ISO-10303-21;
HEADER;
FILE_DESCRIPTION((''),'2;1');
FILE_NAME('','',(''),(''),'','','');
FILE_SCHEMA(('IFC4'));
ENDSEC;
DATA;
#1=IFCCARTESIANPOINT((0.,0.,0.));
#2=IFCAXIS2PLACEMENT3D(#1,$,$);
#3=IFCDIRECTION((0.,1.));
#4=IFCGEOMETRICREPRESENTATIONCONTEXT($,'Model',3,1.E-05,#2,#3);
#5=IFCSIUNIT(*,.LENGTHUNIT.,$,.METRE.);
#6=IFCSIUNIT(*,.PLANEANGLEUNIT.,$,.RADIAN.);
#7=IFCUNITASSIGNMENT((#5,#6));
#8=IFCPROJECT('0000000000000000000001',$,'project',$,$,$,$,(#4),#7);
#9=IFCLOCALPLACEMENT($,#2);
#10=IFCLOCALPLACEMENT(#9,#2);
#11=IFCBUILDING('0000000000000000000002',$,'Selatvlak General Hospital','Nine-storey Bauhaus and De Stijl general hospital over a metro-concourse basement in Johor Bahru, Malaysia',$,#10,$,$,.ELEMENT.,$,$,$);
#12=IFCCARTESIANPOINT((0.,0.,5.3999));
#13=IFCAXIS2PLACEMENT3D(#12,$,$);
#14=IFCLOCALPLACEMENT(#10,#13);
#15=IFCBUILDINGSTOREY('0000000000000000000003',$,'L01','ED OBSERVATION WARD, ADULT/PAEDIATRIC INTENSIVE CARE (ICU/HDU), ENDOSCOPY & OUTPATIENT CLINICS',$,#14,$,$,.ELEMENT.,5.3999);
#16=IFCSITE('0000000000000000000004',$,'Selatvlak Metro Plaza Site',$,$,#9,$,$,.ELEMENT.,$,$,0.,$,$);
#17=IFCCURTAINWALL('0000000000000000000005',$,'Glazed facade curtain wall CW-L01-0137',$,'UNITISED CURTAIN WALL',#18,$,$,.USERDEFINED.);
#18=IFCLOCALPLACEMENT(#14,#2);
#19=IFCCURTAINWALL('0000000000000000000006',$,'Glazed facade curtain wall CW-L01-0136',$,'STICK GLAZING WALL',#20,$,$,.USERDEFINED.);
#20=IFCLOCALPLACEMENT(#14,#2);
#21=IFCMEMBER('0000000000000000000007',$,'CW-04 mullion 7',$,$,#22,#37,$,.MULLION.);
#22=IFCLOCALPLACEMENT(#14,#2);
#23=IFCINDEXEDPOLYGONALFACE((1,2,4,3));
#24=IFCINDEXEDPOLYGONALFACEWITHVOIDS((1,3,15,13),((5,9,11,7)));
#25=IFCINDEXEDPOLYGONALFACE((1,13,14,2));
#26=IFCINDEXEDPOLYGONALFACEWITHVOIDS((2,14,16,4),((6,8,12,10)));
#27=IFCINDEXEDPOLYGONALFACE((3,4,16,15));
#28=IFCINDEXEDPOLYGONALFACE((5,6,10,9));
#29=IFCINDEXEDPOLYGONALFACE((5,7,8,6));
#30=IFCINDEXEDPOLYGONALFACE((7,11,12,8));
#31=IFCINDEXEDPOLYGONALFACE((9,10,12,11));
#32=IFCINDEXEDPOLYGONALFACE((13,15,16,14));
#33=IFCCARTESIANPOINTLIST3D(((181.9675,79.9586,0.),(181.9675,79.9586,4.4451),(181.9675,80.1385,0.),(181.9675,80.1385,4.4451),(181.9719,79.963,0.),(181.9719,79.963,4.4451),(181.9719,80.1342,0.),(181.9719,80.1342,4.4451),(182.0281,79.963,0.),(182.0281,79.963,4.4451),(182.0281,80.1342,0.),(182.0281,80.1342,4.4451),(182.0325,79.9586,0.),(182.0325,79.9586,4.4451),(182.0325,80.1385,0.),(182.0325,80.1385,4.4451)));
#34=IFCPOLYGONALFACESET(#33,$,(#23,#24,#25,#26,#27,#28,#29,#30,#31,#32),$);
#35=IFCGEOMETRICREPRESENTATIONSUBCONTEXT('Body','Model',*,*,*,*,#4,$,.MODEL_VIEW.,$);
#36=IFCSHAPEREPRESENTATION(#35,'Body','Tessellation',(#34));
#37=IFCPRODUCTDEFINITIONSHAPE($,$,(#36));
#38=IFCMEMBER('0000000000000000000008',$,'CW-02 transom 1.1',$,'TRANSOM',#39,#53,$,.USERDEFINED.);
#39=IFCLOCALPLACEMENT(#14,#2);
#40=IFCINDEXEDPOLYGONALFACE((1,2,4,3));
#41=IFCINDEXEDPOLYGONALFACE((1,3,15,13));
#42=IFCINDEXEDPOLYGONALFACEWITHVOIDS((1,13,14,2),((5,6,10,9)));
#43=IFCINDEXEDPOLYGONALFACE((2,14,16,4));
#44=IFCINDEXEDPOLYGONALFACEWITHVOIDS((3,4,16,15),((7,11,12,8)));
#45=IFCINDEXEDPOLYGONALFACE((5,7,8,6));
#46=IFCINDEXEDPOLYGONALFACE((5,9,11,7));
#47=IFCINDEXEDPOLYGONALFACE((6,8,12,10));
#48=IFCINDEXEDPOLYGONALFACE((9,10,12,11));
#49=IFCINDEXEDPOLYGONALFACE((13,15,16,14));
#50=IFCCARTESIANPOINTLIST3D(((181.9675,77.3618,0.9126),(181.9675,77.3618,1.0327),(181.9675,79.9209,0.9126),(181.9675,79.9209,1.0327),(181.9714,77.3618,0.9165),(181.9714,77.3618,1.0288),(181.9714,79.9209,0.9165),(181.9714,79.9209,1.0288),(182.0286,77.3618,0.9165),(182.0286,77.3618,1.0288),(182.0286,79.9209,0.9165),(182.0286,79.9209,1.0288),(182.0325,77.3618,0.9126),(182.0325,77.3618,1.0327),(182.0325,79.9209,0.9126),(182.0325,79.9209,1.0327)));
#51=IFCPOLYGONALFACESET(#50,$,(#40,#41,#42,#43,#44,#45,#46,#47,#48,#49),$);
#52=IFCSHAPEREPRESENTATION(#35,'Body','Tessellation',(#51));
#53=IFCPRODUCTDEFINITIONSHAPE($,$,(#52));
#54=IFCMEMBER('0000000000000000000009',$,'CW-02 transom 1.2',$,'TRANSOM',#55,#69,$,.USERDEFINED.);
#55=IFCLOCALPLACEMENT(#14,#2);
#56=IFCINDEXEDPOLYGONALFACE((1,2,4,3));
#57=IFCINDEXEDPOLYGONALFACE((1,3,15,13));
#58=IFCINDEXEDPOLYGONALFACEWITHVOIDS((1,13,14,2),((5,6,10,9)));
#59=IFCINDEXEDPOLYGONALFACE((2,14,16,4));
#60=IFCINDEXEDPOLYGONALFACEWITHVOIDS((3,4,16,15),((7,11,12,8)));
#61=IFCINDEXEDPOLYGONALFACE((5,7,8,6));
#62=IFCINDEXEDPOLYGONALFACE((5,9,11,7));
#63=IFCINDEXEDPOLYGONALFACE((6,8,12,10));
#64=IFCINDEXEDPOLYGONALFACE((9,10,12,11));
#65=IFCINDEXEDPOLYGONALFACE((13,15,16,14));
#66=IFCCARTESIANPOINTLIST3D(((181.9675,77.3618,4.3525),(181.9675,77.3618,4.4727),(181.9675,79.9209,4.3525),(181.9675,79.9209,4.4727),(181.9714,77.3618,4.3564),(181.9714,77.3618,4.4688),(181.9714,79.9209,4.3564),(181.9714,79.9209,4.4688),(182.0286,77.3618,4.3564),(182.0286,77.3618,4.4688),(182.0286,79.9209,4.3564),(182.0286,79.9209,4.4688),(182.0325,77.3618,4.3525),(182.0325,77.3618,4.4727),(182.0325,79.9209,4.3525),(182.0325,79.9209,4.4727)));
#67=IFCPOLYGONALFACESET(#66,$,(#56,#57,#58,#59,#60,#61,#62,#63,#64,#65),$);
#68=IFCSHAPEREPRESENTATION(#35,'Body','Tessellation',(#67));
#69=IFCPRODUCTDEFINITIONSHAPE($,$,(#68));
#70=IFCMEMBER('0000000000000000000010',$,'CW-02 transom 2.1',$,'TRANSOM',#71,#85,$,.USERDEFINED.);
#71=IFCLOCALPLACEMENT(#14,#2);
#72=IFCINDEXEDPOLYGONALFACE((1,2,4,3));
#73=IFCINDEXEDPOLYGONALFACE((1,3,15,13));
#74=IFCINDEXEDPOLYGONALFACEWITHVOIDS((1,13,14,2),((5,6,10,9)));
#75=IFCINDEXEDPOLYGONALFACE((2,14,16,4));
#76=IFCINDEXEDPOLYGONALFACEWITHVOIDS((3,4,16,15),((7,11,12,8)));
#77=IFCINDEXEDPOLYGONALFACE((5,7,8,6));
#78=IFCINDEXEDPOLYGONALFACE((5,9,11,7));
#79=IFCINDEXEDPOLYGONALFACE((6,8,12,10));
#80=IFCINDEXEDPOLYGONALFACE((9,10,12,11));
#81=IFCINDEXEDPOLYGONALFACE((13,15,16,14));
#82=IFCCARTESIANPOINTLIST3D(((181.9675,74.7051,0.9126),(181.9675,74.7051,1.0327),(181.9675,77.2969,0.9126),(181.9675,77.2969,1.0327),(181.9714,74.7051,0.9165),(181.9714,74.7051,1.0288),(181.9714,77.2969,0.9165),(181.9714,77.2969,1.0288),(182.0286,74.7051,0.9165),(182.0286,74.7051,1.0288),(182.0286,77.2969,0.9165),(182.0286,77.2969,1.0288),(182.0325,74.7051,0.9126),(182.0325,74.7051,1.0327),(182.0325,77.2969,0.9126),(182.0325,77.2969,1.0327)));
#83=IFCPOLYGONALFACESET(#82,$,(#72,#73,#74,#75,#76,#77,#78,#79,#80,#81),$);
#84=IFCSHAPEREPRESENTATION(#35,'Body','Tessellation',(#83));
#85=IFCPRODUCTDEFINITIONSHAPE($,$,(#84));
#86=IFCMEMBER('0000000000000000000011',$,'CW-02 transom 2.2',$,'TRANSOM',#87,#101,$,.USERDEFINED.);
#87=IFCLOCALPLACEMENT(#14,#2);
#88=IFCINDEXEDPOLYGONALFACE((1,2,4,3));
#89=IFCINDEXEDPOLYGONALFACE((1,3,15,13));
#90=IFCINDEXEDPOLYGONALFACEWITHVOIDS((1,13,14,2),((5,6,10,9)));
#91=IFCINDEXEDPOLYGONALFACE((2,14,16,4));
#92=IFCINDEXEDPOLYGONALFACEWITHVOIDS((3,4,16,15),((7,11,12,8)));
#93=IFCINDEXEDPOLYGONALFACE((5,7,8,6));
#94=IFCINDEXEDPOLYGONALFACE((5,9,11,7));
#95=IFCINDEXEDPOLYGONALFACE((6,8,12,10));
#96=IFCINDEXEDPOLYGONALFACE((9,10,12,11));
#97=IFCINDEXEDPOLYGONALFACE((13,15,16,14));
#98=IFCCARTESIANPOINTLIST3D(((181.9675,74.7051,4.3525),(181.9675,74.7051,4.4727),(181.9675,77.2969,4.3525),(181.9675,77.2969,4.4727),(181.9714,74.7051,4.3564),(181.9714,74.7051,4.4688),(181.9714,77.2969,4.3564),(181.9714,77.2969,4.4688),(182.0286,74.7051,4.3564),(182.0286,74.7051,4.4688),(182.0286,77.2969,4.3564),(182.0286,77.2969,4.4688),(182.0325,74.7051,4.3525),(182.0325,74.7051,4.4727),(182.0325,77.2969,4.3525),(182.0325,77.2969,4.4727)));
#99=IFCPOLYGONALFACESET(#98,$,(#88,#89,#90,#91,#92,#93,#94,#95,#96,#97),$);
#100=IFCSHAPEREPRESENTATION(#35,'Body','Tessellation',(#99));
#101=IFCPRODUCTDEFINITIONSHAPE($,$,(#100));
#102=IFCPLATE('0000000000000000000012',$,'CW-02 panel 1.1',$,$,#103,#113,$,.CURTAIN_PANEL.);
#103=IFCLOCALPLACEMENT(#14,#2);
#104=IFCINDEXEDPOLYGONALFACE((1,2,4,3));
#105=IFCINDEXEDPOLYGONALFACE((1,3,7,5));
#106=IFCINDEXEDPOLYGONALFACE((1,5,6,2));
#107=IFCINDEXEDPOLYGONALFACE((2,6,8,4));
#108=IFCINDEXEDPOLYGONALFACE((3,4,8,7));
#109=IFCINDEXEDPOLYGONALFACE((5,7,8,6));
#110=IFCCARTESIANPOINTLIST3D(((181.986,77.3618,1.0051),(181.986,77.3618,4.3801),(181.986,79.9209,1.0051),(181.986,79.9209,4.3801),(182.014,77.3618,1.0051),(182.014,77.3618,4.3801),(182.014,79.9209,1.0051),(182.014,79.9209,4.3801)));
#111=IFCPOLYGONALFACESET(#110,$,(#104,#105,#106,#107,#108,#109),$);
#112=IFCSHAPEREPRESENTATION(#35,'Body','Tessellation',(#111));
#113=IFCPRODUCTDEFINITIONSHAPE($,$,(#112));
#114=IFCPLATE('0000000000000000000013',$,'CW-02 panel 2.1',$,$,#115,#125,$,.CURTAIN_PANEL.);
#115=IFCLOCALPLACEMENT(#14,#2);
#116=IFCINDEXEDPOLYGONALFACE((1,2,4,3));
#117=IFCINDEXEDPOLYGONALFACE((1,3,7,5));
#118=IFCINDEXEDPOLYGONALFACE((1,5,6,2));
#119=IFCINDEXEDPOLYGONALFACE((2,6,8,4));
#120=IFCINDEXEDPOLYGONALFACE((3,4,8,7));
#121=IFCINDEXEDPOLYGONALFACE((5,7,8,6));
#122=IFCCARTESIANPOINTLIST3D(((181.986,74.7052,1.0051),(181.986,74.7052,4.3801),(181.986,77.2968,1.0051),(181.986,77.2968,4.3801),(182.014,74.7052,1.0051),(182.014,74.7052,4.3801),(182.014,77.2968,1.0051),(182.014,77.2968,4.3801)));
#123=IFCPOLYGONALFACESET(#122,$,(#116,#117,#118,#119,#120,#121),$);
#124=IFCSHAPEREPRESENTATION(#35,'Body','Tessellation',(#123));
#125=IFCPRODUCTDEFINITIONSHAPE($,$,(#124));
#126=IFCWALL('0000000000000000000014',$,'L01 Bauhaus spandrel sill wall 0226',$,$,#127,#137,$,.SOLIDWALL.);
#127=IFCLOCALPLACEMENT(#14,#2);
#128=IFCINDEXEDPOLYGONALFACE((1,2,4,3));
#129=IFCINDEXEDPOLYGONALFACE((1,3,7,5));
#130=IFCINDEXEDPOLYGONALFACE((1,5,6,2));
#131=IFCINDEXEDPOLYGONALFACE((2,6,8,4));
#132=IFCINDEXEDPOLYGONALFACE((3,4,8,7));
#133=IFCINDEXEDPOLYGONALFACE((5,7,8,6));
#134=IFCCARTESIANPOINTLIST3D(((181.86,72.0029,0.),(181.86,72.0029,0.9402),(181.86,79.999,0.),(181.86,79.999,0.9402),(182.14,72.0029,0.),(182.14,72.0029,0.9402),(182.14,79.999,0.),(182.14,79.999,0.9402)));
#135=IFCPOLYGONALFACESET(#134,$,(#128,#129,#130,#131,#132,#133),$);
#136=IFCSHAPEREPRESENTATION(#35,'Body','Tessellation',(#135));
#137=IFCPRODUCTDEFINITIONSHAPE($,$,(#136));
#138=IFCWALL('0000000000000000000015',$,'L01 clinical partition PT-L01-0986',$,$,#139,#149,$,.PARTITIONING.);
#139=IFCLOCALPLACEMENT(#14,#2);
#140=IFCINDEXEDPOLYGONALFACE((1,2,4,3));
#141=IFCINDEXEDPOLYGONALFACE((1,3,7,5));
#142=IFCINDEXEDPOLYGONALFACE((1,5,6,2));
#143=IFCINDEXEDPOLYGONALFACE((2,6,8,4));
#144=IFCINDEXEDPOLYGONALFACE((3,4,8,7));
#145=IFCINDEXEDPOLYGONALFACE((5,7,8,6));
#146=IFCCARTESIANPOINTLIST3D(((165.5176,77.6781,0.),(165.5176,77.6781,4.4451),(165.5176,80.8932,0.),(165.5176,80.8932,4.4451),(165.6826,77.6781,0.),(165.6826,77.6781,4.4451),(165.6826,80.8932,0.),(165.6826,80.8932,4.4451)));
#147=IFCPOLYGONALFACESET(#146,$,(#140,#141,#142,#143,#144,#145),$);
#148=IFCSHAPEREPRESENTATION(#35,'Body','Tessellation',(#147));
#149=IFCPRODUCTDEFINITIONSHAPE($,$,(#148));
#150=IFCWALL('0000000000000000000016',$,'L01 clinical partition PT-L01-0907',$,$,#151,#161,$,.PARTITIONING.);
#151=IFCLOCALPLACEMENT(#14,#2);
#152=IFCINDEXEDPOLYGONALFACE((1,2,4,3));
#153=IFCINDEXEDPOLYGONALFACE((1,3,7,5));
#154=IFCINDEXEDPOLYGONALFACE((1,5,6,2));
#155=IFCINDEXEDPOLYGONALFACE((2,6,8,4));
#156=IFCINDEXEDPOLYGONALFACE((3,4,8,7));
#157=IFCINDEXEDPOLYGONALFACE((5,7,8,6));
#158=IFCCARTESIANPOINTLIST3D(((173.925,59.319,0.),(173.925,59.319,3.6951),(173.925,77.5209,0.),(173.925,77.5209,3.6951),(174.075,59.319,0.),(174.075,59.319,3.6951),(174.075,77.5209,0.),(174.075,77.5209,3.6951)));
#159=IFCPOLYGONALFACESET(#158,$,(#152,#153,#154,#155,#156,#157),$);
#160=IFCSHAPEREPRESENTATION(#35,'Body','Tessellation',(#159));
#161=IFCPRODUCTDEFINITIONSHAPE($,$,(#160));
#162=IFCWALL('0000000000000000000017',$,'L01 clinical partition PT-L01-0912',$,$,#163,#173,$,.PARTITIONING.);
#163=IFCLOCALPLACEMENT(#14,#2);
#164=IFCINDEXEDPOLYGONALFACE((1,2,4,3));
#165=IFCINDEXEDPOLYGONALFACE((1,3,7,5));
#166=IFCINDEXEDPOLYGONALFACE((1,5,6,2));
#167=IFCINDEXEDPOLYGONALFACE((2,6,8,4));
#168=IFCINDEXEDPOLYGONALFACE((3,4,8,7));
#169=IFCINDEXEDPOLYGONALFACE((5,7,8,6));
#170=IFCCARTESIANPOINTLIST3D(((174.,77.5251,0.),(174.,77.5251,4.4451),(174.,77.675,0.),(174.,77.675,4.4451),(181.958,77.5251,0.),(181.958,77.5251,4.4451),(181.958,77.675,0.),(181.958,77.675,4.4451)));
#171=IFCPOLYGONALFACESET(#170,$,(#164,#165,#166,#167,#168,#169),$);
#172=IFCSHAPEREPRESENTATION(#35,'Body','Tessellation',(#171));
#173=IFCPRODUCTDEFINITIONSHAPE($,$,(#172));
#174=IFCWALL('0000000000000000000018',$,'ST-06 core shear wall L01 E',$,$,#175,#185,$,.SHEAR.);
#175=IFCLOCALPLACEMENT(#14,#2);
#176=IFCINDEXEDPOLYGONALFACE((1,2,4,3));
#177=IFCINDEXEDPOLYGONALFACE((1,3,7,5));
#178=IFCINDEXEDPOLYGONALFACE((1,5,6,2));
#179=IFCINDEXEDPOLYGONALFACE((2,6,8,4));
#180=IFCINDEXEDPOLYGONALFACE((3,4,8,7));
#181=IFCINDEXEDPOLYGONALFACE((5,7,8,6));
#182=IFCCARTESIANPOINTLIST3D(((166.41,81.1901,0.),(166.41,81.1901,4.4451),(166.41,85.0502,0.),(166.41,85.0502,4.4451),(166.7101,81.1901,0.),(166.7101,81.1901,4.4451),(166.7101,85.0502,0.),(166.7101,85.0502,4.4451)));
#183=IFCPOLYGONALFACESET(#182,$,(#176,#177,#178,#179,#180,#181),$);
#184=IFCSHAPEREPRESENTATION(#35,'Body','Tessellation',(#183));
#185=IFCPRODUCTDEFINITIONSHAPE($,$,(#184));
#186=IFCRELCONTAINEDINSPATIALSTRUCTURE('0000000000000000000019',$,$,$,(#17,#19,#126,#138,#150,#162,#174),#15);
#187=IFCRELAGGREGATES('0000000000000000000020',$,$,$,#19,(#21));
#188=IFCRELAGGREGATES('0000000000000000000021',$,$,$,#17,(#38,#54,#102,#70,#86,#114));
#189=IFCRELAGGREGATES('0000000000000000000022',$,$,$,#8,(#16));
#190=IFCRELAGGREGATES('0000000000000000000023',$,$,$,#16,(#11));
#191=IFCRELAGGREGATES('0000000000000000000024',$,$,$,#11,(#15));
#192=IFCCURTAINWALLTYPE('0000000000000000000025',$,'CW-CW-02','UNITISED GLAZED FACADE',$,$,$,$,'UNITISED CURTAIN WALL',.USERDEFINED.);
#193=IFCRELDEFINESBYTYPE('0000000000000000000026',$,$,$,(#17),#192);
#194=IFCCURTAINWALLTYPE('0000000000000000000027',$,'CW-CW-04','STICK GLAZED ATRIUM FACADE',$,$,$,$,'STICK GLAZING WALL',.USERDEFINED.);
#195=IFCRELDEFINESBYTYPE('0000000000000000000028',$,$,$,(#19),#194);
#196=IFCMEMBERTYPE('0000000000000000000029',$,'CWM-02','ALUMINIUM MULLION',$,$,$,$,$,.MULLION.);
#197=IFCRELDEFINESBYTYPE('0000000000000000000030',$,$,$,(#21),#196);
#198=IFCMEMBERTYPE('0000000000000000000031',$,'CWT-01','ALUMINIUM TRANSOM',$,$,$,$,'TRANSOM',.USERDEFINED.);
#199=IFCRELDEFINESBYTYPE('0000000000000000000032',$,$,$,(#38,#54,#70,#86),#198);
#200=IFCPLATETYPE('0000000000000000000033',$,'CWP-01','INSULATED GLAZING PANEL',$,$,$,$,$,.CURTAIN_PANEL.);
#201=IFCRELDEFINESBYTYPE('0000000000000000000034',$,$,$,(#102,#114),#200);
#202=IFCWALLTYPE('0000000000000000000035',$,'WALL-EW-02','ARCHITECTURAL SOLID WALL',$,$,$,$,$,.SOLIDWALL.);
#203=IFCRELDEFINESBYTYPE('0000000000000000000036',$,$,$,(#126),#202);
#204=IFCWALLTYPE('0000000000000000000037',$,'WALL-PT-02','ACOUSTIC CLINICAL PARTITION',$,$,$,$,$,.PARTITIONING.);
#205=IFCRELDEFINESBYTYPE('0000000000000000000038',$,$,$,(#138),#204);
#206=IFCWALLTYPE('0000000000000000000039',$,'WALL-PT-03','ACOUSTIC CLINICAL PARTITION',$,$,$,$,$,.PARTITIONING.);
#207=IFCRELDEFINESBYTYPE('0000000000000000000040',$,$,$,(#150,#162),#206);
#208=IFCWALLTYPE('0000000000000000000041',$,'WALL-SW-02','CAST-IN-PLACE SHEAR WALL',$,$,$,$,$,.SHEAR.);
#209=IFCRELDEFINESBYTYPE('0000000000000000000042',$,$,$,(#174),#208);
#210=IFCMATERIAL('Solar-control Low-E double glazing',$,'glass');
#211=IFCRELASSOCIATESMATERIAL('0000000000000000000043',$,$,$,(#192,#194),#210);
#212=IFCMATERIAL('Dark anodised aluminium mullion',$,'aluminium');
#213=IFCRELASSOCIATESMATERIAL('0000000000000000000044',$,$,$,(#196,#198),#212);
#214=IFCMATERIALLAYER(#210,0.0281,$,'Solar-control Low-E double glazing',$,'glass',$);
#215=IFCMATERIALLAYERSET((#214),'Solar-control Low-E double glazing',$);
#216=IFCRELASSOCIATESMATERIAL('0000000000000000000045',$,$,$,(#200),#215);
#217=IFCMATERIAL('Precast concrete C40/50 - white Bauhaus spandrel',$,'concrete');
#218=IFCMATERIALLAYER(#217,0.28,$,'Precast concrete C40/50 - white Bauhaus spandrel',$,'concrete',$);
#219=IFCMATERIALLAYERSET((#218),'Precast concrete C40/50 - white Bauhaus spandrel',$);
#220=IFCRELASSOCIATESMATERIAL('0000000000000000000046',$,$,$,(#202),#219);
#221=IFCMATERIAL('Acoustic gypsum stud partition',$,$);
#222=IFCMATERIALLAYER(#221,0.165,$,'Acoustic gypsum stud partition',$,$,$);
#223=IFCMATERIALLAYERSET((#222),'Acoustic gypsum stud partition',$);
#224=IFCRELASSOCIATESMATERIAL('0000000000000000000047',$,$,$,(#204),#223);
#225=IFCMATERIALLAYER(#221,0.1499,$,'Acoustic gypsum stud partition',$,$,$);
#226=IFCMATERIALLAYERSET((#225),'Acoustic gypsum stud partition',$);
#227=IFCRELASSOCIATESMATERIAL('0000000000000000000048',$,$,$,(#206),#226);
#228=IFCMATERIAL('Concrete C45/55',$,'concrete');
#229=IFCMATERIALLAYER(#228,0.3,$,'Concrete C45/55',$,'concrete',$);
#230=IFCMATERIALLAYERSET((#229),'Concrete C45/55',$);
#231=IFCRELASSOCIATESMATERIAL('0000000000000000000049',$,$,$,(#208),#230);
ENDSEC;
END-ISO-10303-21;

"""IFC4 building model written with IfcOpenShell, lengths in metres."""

from ifc_helpers import new_model, si_unit, direction, frame, frame_2d, origin, origin_2d, place, context, subcontext, project, spatial, rectangle, hollow_rectangle, extrude, material, layer, layer_set, material_profile, profile_set, type_object, element, aggregate, save


model = new_model("IFC4")

# Units and contexts
model_context = context("Model", 3, precision=1e-05, world=origin(), true_north=direction((0.0, 1.0)))
body_context = subcontext(model_context, "Body", "Model", "MODEL_VIEW")
ifc_project = project(units=[si_unit("LENGTHUNIT", "METRE"), si_unit("PLANEANGLEUNIT", "RADIAN")], contexts=[model_context])

# Site, building, storey
site_placement = place(None, origin())
site = spatial("IfcSite", under=ifc_project, at=site_placement, Name="Selatvlak Metro Plaza Site", CompositionType="ELEMENT", RefElevation=0.0)
building_placement = place(site_placement, origin())
building = spatial("IfcBuilding", under=site, at=building_placement, Name="Selatvlak General Hospital", Description="Nine-storey Bauhaus and De Stijl general hospital over a metro-concourse basement in Johor Bahru, Malaysia", CompositionType="ELEMENT")
storey_placement = place(building_placement, frame((0.0, 0.0, 5.3999)))
storey = spatial("IfcBuildingStorey", under=building, at=storey_placement, Name="L01", Description="ED OBSERVATION WARD, ADULT/PAEDIATRIC INTENSIVE CARE (ICU/HDU), ENDOSCOPY & OUTPATIENT CLINICS", CompositionType="ELEMENT", Elevation=5.3999)

# Curtain wall
ifc_material_1 = material(Name="Solar-control Low-E double glazing", Category="glass")
curtain_wall_type_1 = type_object("IfcCurtainWallType", Name="CW-CW-02", Description="UNITISED GLAZED FACADE", ElementType="UNITISED CURTAIN WALL", PredefinedType="USERDEFINED", material=ifc_material_1)
curtain_wall_1_placement = place(storey_placement, origin())
curtain_wall_1 = element("IfcCurtainWall", 1, at=curtain_wall_1_placement, inside=storey, type_object=curtain_wall_type_1, Name="Glazed facade curtain wall CW-L01-0137", ObjectType="UNITISED CURTAIN WALL", PredefinedType="USERDEFINED")
ifc_material_2 = material(Name="Dark anodised aluminium mullion", Category="aluminium")

# Curtain wall, member
curtain_wall_type_2 = type_object("IfcCurtainWallType", Name="CW-CW-04", Description="STICK GLAZED ATRIUM FACADE", ElementType="STICK GLAZING WALL", PredefinedType="USERDEFINED", material=ifc_material_1)
curtain_wall_2_placement = place(storey_placement, origin())
curtain_wall_2 = element("IfcCurtainWall", 2, at=curtain_wall_2_placement, inside=storey, type_object=curtain_wall_type_2, Name="Glazed facade curtain wall CW-L01-0136", ObjectType="STICK GLAZING WALL", PredefinedType="USERDEFINED")
ifc_material_profile_1 = material_profile(ifc_material_2, hollow_rectangle(XDim=0.0649, YDim=0.1799, WallThickness=0.0044, at=origin_2d()), Name="AL-MUL 65x180x4.5")
ifc_profile_set_1 = profile_set([ifc_material_profile_1], Name="Dark anodised aluminium mullion")
member_type_1 = type_object("IfcMemberType", Name="CWM-02", Description="ALUMINIUM MULLION", PredefinedType="MULLION", material=ifc_profile_set_1)
member_1_placement = place(storey_placement, frame((182.0, 80.0486, 0.0), z_axis=(0.0, 0.0, 1.0), x_axis=(1.0, 0.0, 0.0)))
member_1 = element("IfcMember", 3, at=member_1_placement, type_object=member_type_1, Name="CW-04 mullion 7", PredefinedType="MULLION", context=body_context, shape_type="SweptSolid", body=[
    extrude(hollow_rectangle(XDim=0.0649, YDim=0.1799, WallThickness=0.0044, at=origin_2d()), origin(), (0.0, 0.0, 1.0), 4.4451),
])
aggregate(curtain_wall_2, [member_1])

# Members
ifc_material_profile_2 = material_profile(ifc_material_2, hollow_rectangle(XDim=0.0649, YDim=0.1201, WallThickness=0.0039, at=origin_2d()), Name="AL-TRN 65x120x4")
ifc_profile_set_2 = profile_set([ifc_material_profile_2], Name="Dark anodised aluminium mullion")
member_type_2 = type_object("IfcMemberType", Name="CWT-01", Description="ALUMINIUM TRANSOM", ElementType="TRANSOM", PredefinedType="USERDEFINED", material=ifc_profile_set_2)
member_2_placement = place(storey_placement, frame((182.0, 79.9209, 0.9727), z_axis=(0.0, -1.0, 0.0), x_axis=(1.0, 0.0, 0.0)))
member_2 = element("IfcMember", 4, at=member_2_placement, type_object=member_type_2, Name="CW-02 transom 1.1", ObjectType="TRANSOM", PredefinedType="USERDEFINED", context=body_context, shape_type="SweptSolid", body=[
    extrude(hollow_rectangle(XDim=0.0649, YDim=0.1201, WallThickness=0.0039, at=origin_2d()), origin(), (0.0, 0.0, 1.0), 2.5591),
])
member_3_placement = place(storey_placement, frame((182.0, 79.9209, 4.4126), z_axis=(0.0, -1.0, 0.0), x_axis=(1.0, 0.0, 0.0)))
member_3 = element("IfcMember", 5, at=member_3_placement, type_object=member_type_2, Name="CW-02 transom 1.2", ObjectType="TRANSOM", PredefinedType="USERDEFINED", context=body_context, shape_type="SweptSolid", body=[
    extrude(hollow_rectangle(XDim=0.0649, YDim=0.1201, WallThickness=0.0039, at=origin_2d()), origin(), (0.0, 0.0, 1.0), 2.5591),
])
member_4_placement = place(storey_placement, frame((182.0, 77.2969, 0.9727), z_axis=(0.0, -1.0, 0.0), x_axis=(1.0, 0.0, 0.0)))
member_4 = element("IfcMember", 6, at=member_4_placement, type_object=member_type_2, Name="CW-02 transom 2.1", ObjectType="TRANSOM", PredefinedType="USERDEFINED", context=body_context, shape_type="SweptSolid", body=[
    extrude(hollow_rectangle(XDim=0.0649, YDim=0.1201, WallThickness=0.0039, at=origin_2d()), origin(), (0.0, 0.0, 1.0), 2.5918),
])
member_5_placement = place(storey_placement, frame((182.0, 77.2969, 4.4126), z_axis=(0.0, -1.0, 0.0), x_axis=(1.0, 0.0, 0.0)))
member_5 = element("IfcMember", 7, at=member_5_placement, type_object=member_type_2, Name="CW-02 transom 2.2", ObjectType="TRANSOM", PredefinedType="USERDEFINED", context=body_context, shape_type="SweptSolid", body=[
    extrude(hollow_rectangle(XDim=0.0649, YDim=0.1201, WallThickness=0.0039, at=origin_2d()), origin(), (0.0, 0.0, 1.0), 2.5918),
])

# Plates
ifc_layer_1 = layer(ifc_material_1, 0.0281, Name="Solar-control Low-E double glazing", Category="glass")
ifc_layer_set_1 = layer_set([ifc_layer_1], Name="Solar-control Low-E double glazing")
plate_type = type_object("IfcPlateType", Name="CWP-01", Description="INSULATED GLAZING PANEL", PredefinedType="CURTAIN_PANEL", material=ifc_layer_set_1)
plate_1_placement = place(storey_placement, frame((182.0, 78.6414, 1.0051), z_axis=(0.0, 0.0, 1.0), x_axis=(0.0, -1.0, 0.0)))
plate_1 = element("IfcPlate", 8, at=plate_1_placement, type_object=plate_type, Name="CW-02 panel 1.1", PredefinedType="CURTAIN_PANEL", context=body_context, shape_type="SweptSolid", body=[
    extrude(rectangle(XDim=2.5591, YDim=0.0281, at=origin_2d()), origin(), (0.0, 0.0, 1.0), 3.375),
])
plate_2_placement = place(storey_placement, frame((182.0, 76.001, 1.0051), z_axis=(0.0, 0.0, 1.0), x_axis=(0.0, -1.0, 0.0)))
plate_2 = element("IfcPlate", 9, at=plate_2_placement, type_object=plate_type, Name="CW-02 panel 2.1", PredefinedType="CURTAIN_PANEL", context=body_context, shape_type="SweptSolid", body=[
    extrude(rectangle(XDim=2.5916, YDim=0.0281, at=origin_2d()), origin(), (0.0, 0.0, 1.0), 3.375),
])
aggregate(curtain_wall_1, [member_2, member_3, plate_1, member_4, member_5, plate_2])

# Walls
ifc_material_3 = material(Name="Precast concrete C40/50 - white Bauhaus spandrel", Category="concrete")
ifc_layer_2 = layer(ifc_material_3, 0.28, Name="Precast concrete C40/50 - white Bauhaus spandrel", Category="concrete")
ifc_layer_set_2 = layer_set([ifc_layer_2], Name="Precast concrete C40/50 - white Bauhaus spandrel")
wall_type_1 = type_object("IfcWallType", Name="WALL-EW-02", Description="ARCHITECTURAL SOLID WALL", PredefinedType="SOLIDWALL", material=ifc_layer_set_2)
wall_1_placement = place(storey_placement, frame((182.0, 79.999, 0.0), z_axis=(0.0, 0.0, 1.0), x_axis=(0.0, -1.0, 0.0)))
element("IfcWall", 10, at=wall_1_placement, inside=storey, type_object=wall_type_1, Name="L01 Bauhaus spandrel sill wall 0226", PredefinedType="SOLIDWALL", context=body_context, shape_type="SweptSolid", body=[
    extrude(rectangle(XDim=7.9961, YDim=0.28, at=frame_2d((3.998, 0.0))), origin(), (0.0, 0.0, 1.0), 0.9402),
])
ifc_material_4 = material(Name="Acoustic gypsum stud partition")
ifc_layer_3 = layer(ifc_material_4, 0.165, Name="Acoustic gypsum stud partition")
ifc_layer_set_3 = layer_set([ifc_layer_3], Name="Acoustic gypsum stud partition")
wall_type_2 = type_object("IfcWallType", Name="WALL-PT-02", Description="ACOUSTIC CLINICAL PARTITION", PredefinedType="PARTITIONING", material=ifc_layer_set_3)
wall_2_placement = place(storey_placement, frame((165.6001, 80.8931, 0.0), z_axis=(0.0, 0.0, 1.0), x_axis=(0.0, -1.0, 0.0)))
element("IfcWall", 11, at=wall_2_placement, inside=storey, type_object=wall_type_2, Name="L01 clinical partition PT-L01-0986", PredefinedType="PARTITIONING", context=body_context, shape_type="SweptSolid", body=[
    extrude(rectangle(XDim=3.2151, YDim=0.165, at=frame_2d((1.6074, 0.0))), origin(), (0.0, 0.0, 1.0), 4.4451),
])
ifc_layer_4 = layer(ifc_material_4, 0.1499, Name="Acoustic gypsum stud partition")
ifc_layer_set_4 = layer_set([ifc_layer_4], Name="Acoustic gypsum stud partition")
wall_type_3 = type_object("IfcWallType", Name="WALL-PT-03", Description="ACOUSTIC CLINICAL PARTITION", PredefinedType="PARTITIONING", material=ifc_layer_set_4)
wall_3_placement = place(storey_placement, frame((174.0, 77.521, 0.0), z_axis=(0.0, 0.0, 1.0), x_axis=(0.0, -1.0, 0.0)))
element("IfcWall", 12, at=wall_3_placement, inside=storey, type_object=wall_type_3, Name="L01 clinical partition PT-L01-0907", PredefinedType="PARTITIONING", context=body_context, shape_type="SweptSolid", body=[
    extrude(rectangle(XDim=18.2019, YDim=0.1499, at=frame_2d((9.1011, 0.0))), origin(), (0.0, 0.0, 1.0), 3.6951),
])
wall_4_placement = place(storey_placement, frame((174.0, 77.6001, 0.0), z_axis=(0.0, 0.0, 1.0), x_axis=(1.0, 0.0, 0.0)))
element("IfcWall", 13, at=wall_4_placement, inside=storey, type_object=wall_type_3, Name="L01 clinical partition PT-L01-0912", PredefinedType="PARTITIONING", context=body_context, shape_type="SweptSolid", body=[
    extrude(rectangle(XDim=7.958, YDim=0.1499, at=frame_2d((3.979, 0.0))), origin(), (0.0, 0.0, 1.0), 4.4451),
])
ifc_material_5 = material(Name="Concrete C45/55", Category="concrete")
ifc_layer_5 = layer(ifc_material_5, 0.3, Name="Concrete C45/55", Category="concrete")
ifc_layer_set_5 = layer_set([ifc_layer_5], Name="Concrete C45/55")
wall_type_4 = type_object("IfcWallType", Name="WALL-SW-02", Description="CAST-IN-PLACE SHEAR WALL", PredefinedType="SHEAR", material=ifc_layer_set_5)
wall_5_placement = place(storey_placement, frame((166.5601, 81.1899, 0.0), z_axis=(0.0, 0.0, 1.0), x_axis=(0.0, 1.0, 0.0)))
element("IfcWall", 14, at=wall_5_placement, inside=storey, type_object=wall_type_4, Name="ST-06 core shear wall L01 E", PredefinedType="SHEAR", context=body_context, shape_type="SweptSolid", body=[
    extrude(rectangle(XDim=3.8601, YDim=0.3, at=frame_2d((1.9302, 0.0))), origin(), (0.0, 0.0, 1.0), 4.4451),
])

save(model, "model.ifc")
